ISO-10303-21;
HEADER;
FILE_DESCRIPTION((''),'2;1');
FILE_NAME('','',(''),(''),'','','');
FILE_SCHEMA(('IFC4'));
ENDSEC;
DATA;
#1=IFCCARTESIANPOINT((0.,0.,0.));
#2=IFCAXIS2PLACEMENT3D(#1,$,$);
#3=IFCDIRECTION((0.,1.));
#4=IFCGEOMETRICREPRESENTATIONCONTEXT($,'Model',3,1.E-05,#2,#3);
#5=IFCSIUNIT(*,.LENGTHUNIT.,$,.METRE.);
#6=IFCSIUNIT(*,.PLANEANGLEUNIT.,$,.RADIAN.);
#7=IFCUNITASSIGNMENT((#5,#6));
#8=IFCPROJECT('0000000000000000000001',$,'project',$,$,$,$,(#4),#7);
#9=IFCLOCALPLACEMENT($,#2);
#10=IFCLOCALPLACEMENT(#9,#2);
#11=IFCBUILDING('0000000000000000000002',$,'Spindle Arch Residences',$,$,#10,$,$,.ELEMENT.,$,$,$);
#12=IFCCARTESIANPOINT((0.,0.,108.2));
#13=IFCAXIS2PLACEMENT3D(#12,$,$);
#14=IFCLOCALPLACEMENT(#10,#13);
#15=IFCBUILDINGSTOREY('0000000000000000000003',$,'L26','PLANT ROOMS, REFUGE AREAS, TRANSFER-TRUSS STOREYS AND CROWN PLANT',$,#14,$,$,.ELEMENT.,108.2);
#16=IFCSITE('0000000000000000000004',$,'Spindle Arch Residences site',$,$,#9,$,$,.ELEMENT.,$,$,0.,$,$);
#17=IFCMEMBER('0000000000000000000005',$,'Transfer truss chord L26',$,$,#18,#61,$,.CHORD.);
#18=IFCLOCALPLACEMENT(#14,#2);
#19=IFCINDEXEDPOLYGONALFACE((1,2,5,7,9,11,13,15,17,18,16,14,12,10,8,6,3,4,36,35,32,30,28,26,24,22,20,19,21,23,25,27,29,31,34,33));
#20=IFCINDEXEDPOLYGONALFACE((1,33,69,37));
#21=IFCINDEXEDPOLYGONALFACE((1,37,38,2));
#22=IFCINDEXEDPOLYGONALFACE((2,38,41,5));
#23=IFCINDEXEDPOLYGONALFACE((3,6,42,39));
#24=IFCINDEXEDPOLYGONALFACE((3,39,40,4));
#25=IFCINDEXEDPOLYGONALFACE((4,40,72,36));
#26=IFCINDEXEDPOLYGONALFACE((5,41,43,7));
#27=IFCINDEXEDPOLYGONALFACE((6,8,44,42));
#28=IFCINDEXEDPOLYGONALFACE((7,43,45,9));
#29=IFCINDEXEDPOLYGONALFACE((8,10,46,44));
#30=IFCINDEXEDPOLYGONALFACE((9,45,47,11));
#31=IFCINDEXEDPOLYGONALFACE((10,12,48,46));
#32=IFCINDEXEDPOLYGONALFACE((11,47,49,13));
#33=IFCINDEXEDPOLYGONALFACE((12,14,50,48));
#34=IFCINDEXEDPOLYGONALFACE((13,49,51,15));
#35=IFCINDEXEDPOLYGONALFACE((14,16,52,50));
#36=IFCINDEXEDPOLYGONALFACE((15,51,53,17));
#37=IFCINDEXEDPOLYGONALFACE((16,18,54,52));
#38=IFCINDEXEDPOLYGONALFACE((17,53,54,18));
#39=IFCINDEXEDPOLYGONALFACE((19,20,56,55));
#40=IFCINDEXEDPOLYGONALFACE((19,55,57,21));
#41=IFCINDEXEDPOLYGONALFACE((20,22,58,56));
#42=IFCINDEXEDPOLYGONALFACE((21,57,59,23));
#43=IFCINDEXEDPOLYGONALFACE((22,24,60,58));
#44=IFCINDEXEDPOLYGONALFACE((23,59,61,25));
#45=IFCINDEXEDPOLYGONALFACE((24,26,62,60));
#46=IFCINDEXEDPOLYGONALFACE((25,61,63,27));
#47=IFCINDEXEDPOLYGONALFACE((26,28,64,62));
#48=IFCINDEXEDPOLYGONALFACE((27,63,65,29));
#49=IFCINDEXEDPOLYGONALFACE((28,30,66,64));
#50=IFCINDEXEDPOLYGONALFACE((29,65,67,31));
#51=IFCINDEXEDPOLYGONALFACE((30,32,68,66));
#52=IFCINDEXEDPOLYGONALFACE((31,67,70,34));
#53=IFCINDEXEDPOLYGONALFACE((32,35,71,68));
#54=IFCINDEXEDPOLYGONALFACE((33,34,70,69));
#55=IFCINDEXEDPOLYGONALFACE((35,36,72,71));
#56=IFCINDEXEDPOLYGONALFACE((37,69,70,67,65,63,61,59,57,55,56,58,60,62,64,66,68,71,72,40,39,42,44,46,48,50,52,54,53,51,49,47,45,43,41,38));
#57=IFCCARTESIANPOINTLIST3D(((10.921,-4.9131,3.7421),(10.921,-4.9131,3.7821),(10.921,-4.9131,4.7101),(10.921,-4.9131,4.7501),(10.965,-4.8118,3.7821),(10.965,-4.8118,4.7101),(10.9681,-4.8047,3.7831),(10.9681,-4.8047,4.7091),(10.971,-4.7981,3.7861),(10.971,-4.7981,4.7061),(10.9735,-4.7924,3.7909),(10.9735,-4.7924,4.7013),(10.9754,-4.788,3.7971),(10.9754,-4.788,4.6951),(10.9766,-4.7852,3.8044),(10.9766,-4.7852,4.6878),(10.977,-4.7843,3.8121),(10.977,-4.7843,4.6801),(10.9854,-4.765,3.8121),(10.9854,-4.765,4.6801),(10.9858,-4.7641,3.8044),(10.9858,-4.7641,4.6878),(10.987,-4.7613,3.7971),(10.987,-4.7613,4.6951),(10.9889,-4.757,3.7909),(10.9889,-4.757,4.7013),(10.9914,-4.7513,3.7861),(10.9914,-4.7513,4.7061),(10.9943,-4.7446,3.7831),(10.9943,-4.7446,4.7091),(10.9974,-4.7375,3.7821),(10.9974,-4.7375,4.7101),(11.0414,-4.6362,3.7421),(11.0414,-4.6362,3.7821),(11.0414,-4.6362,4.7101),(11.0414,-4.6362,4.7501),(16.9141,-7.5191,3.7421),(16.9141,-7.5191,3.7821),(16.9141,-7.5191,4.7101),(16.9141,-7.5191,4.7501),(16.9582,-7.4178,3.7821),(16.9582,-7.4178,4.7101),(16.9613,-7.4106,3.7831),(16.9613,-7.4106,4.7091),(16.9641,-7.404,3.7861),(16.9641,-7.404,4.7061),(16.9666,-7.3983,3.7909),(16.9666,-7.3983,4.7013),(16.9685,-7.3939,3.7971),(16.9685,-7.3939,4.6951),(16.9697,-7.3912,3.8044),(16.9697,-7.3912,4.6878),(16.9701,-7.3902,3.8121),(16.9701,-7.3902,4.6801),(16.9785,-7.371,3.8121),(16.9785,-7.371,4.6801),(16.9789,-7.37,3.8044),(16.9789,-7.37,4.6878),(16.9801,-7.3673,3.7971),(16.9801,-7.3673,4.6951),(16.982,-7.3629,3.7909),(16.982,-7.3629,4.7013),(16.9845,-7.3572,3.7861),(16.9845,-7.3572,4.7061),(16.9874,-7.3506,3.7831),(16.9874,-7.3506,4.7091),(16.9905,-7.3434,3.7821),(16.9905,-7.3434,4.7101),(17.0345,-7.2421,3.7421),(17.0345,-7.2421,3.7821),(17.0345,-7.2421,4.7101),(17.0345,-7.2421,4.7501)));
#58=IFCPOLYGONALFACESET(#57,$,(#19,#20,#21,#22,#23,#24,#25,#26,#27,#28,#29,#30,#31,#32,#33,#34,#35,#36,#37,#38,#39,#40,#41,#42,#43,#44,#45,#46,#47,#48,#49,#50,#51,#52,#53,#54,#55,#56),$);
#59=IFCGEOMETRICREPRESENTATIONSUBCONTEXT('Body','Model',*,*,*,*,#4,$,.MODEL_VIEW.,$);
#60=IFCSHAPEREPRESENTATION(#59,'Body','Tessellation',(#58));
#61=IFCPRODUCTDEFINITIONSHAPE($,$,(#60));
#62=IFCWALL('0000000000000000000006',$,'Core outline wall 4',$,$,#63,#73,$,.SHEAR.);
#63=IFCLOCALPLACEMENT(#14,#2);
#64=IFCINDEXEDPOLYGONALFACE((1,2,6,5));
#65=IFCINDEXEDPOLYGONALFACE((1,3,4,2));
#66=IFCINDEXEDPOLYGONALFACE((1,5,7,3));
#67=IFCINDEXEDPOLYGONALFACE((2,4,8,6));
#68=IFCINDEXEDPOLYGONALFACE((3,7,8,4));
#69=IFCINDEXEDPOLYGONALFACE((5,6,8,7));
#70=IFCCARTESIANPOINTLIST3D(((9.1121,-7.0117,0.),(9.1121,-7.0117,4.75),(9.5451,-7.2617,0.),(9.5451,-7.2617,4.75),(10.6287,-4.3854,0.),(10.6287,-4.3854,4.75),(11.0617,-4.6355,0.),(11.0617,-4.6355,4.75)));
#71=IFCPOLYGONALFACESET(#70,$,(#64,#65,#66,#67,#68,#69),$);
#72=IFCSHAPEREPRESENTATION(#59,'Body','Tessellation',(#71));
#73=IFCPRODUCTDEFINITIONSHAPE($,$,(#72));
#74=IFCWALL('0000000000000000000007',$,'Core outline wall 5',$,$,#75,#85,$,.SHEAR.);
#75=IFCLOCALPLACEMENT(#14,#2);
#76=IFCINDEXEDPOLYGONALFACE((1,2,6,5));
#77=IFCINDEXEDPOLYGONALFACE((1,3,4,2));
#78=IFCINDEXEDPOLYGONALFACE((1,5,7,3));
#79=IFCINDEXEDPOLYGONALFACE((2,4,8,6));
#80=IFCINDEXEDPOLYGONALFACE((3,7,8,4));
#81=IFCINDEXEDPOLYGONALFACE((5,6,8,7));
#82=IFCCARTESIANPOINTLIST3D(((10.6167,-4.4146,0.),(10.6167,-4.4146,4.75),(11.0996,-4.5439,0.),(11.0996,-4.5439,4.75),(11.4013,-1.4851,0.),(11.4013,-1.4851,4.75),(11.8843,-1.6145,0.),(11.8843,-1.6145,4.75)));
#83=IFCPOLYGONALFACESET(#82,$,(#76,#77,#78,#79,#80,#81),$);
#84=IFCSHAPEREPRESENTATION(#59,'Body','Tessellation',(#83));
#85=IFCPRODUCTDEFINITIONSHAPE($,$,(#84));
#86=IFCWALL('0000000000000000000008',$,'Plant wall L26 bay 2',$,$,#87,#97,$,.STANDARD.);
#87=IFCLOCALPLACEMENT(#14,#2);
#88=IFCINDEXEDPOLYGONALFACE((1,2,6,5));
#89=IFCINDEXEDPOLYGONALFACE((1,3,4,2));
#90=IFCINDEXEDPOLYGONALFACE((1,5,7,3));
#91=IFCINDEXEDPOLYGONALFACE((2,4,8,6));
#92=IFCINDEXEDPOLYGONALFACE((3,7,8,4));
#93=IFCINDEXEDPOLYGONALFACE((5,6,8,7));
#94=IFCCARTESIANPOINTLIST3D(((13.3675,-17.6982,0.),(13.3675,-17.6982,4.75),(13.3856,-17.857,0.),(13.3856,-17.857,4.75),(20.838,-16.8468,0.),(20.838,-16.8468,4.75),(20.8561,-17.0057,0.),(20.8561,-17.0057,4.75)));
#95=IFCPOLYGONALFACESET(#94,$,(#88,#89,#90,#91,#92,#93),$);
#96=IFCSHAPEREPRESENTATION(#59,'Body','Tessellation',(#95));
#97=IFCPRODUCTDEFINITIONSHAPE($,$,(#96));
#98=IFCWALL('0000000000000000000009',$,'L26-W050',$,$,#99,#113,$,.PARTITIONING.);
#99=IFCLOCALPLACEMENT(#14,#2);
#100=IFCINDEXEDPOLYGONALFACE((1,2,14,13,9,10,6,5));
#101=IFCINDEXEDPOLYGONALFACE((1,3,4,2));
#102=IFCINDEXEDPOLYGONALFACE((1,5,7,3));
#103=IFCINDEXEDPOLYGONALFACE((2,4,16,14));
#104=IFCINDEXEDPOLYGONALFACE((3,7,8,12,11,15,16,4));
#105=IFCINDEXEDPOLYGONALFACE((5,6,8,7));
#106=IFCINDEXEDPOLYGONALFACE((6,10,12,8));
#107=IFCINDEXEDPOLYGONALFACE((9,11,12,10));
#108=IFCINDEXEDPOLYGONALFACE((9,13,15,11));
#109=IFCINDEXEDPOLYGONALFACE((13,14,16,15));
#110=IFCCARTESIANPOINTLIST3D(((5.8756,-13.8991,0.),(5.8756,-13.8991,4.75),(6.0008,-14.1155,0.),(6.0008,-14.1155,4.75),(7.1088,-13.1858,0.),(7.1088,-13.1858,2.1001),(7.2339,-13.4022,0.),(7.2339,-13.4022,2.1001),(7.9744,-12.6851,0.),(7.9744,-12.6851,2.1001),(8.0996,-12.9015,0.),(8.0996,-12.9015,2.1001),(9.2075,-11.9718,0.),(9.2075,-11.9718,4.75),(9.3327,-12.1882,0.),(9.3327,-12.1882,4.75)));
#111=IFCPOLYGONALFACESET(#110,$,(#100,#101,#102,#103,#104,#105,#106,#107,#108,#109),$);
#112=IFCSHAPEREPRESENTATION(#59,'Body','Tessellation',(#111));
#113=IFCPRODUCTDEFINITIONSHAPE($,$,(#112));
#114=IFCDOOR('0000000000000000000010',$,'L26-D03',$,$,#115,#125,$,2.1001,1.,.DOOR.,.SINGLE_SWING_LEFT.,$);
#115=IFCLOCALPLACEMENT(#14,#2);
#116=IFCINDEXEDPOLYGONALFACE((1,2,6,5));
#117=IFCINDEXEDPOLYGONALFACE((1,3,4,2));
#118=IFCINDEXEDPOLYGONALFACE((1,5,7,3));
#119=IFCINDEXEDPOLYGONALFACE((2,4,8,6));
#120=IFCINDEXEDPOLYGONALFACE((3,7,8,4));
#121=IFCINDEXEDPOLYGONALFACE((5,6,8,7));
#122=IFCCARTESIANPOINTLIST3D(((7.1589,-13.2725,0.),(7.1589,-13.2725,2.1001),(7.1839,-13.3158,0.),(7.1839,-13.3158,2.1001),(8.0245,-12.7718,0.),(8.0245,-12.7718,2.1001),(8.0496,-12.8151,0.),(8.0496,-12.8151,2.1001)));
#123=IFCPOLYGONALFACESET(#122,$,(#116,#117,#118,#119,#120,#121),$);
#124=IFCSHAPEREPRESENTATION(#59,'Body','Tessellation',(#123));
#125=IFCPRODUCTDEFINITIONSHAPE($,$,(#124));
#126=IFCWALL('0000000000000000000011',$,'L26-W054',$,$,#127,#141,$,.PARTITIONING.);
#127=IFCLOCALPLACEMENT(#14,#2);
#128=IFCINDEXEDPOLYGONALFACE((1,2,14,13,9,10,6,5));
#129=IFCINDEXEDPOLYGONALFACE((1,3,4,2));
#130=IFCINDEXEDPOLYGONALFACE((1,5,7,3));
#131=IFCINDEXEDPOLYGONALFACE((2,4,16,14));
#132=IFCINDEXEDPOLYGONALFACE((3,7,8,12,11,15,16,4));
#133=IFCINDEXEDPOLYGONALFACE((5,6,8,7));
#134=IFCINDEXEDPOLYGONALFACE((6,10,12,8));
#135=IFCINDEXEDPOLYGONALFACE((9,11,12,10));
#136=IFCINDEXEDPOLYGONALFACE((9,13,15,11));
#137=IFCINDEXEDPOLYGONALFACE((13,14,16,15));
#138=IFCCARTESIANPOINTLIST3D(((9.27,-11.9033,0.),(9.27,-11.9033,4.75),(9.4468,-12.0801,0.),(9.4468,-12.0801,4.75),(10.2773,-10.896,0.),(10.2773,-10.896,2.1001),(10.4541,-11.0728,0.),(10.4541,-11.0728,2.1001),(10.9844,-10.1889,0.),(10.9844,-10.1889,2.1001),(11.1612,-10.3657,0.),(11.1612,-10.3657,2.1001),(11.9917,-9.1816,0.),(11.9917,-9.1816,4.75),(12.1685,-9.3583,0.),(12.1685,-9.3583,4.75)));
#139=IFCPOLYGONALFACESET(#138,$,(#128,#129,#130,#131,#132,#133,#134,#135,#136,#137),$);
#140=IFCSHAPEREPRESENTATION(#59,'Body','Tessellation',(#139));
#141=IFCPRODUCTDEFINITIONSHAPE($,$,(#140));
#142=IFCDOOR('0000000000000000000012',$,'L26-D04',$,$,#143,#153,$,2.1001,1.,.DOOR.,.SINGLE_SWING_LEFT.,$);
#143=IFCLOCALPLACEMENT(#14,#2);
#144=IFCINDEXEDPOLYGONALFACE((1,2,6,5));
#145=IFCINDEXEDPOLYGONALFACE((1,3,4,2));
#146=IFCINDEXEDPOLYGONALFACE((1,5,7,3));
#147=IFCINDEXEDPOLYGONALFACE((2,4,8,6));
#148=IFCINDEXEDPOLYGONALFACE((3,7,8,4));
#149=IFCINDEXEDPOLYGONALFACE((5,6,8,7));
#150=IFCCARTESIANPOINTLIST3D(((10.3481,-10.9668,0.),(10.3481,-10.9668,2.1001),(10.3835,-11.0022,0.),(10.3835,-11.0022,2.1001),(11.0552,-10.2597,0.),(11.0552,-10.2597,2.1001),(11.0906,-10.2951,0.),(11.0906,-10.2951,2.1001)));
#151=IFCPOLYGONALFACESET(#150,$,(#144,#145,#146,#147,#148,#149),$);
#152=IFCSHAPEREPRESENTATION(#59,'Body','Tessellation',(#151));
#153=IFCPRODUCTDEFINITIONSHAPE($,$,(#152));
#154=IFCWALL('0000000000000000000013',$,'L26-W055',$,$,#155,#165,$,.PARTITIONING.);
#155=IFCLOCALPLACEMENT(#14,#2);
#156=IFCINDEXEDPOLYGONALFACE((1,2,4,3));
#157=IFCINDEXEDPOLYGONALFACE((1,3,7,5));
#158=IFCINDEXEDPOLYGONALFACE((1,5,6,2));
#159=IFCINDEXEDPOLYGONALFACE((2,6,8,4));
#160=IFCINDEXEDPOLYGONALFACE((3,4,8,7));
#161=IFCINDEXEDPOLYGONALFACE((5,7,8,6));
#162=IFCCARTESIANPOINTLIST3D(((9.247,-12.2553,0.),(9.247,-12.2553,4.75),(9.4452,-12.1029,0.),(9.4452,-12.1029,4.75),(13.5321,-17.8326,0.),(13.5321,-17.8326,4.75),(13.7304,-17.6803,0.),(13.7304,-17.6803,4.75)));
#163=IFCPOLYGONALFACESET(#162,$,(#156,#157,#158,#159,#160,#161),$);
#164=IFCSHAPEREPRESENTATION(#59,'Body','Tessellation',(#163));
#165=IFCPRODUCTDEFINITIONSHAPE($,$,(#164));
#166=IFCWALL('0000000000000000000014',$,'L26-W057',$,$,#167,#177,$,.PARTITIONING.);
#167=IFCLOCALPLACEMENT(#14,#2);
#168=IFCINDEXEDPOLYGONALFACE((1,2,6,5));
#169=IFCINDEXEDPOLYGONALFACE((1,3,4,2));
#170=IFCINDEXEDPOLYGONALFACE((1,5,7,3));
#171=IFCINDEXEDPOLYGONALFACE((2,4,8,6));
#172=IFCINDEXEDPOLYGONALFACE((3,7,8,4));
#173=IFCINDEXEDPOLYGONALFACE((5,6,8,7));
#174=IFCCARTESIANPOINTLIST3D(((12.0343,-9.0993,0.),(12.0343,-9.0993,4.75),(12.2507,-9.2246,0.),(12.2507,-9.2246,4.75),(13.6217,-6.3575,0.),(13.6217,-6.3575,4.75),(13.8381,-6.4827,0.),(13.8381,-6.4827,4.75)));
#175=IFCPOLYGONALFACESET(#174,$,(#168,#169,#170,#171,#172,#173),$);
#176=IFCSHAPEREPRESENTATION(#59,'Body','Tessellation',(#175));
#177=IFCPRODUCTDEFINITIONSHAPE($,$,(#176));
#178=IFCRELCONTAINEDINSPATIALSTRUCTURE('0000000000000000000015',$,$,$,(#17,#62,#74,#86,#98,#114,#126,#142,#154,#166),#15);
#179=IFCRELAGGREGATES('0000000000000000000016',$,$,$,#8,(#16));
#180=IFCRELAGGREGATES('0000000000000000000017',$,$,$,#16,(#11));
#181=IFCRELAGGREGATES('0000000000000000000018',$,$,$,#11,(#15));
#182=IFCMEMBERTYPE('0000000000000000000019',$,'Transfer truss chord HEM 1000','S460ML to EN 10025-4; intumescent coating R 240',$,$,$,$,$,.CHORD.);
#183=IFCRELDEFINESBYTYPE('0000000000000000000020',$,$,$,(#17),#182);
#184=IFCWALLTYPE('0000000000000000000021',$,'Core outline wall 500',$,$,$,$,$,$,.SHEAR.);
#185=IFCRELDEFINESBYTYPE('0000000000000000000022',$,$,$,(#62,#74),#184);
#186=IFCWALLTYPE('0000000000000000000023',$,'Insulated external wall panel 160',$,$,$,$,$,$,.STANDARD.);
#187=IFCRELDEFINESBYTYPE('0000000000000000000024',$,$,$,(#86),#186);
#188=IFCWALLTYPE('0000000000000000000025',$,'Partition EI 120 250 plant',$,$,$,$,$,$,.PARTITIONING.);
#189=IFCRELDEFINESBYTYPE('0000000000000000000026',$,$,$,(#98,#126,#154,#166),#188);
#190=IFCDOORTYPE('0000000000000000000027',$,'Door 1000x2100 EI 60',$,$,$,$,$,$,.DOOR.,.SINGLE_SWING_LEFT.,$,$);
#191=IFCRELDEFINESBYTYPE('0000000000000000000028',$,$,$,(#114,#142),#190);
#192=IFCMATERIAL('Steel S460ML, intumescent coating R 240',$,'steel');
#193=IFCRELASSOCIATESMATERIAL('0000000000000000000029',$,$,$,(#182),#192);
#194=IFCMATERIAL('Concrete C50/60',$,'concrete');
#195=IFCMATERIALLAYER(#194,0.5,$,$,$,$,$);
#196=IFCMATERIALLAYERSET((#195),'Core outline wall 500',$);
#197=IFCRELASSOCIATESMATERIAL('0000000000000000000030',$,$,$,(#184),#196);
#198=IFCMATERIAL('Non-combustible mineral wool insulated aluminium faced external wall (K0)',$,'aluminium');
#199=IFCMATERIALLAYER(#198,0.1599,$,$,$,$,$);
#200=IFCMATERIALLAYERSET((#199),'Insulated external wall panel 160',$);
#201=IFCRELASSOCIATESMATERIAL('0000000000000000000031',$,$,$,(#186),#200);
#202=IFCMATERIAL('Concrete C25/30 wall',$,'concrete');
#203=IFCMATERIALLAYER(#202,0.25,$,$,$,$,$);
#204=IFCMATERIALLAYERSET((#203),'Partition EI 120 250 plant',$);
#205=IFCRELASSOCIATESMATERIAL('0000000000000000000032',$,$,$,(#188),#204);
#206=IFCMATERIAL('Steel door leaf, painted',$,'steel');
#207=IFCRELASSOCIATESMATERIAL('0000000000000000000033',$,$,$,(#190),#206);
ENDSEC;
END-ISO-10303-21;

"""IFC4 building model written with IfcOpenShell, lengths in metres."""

from ifc_helpers import new_model, si_unit, direction, frame, frame_2d, origin, origin_2d, place, context, subcontext, project, spatial, rectangle, i_section, extrude, material, layer, layer_set, material_profile, profile_set, type_object, element, fill, save


model = new_model("IFC4")

# Units and contexts
model_context = context("Model", 3, precision=1e-05, world=origin(), true_north=direction((0.0, 1.0)))
body_context = subcontext(model_context, "Body", "Model", "MODEL_VIEW")
ifc_project = project(units=[si_unit("LENGTHUNIT", "METRE"), si_unit("PLANEANGLEUNIT", "RADIAN")], contexts=[model_context])

# Site, building, storey
site_placement = place(None, origin())
site = spatial("IfcSite", under=ifc_project, at=site_placement, Name="Spindle Arch Residences site", CompositionType="ELEMENT", RefElevation=0.0)
building_placement = place(site_placement, origin())
building = spatial("IfcBuilding", under=site, at=building_placement, Name="Spindle Arch Residences", CompositionType="ELEMENT")
storey_placement = place(building_placement, frame((0.0, 0.0, 108.2)))
storey = spatial("IfcBuildingStorey", under=building, at=storey_placement, Name="L26", Description="PLANT ROOMS, REFUGE AREAS, TRANSFER-TRUSS STOREYS AND CROWN PLANT", CompositionType="ELEMENT", Elevation=108.2)

# Member
ifc_material_1 = material(Name="Steel S460ML, intumescent coating R 240", Category="steel")
ifc_material_profile_1 = material_profile(ifc_material_1, i_section(OverallWidth=0.302, OverallDepth=1.0081, WebThickness=0.021, FlangeThickness=0.04, FilletRadius=0.03, at=origin_2d()), Name="HEM 1000")
ifc_profile_set_1 = profile_set([ifc_material_profile_1], Name="Steel S460ML, intumescent coating R 240")
member_type_1 = type_object("IfcMemberType", Name="Transfer truss chord HEM 1000", Description="S460ML to EN 10025-4; intumescent coating R 240", PredefinedType="CHORD", material=ifc_profile_set_1)
for number, where, z_axis, x_axis, name in (
    (1, (10.9812, -4.7747, 4.2461), (0.917057, -0.398756, 0.0), (0.398756, 0.917057, 0.0), "Transfer truss chord L26"),
):
    element("IfcMember", number, at=place(storey_placement, frame(where, z_axis=z_axis, x_axis=x_axis)), inside=storey, type_object=member_type_1, Name=name, PredefinedType="CHORD", context=body_context, shape_type="SweptSolid", body=[
        extrude(i_section(OverallWidth=0.302, OverallDepth=1.0081, WebThickness=0.021, FlangeThickness=0.04, FilletRadius=0.03, at=origin_2d()), origin(), (0.0, 0.0, 1.0), 6.5352),
    ])

# Shared definitions
ifc_material_2 = material(Name="Concrete C50/60", Category="concrete")
ifc_layer_1 = layer(ifc_material_2, 0.5)
ifc_layer_set_1 = layer_set([ifc_layer_1], Name="Core outline wall 500")
wall_type_1 = type_object("IfcWallType", Name="Core outline wall 500", PredefinedType="SHEAR", material=ifc_layer_set_1)

# Walls
for number, where, z_axis, x_axis, name in (
    (2, (9.3286, -7.1367, 0.0), (0.0, 0.0, 1.0), (0.500087, 0.865975, 0.0), "Core outline wall 4"),
    (3, (10.8582, -4.4792, 0.0), (0.0, 0.0, 1.0), (0.258735, 0.965948, 0.0), "Core outline wall 5"),
):
    element("IfcWall", number, at=place(storey_placement, frame(where, z_axis=z_axis, x_axis=x_axis)), inside=storey, type_object=wall_type_1, Name=name, PredefinedType="SHEAR", context=body_context, shape_type="SweptSolid", body=[
        extrude(rectangle(XDim=3.0327, YDim=0.5, at=frame_2d((1.5164, 0.0))), origin(), (0.0, 0.0, 1.0), 4.75),
    ])
ifc_material_3 = material(Name="Non-combustible mineral wool insulated aluminium faced external wall (K0)", Category="aluminium")
ifc_layer_2 = layer(ifc_material_3, 0.1599)
ifc_layer_set_2 = layer_set([ifc_layer_2], Name="Insulated external wall panel 160")
wall_type_2 = type_object("IfcWallType", Name="Insulated external wall panel 160", PredefinedType="STANDARD", material=ifc_layer_set_2)
wall_1_placement = place(storey_placement, frame((13.3767, -17.7776, 0.0), z_axis=(0.0, 0.0, 1.0), x_axis=(0.993569, 0.113225, 0.0)))
element("IfcWall", 4, at=wall_1_placement, inside=storey, type_object=wall_type_2, Name="Plant wall L26 bay 2", PredefinedType="STANDARD", context=body_context, shape_type="SweptSolid", body=[
    extrude(rectangle(XDim=7.5188, YDim=0.1599, at=frame_2d((3.7593, 0.0))), origin(), (0.0, 0.0, 1.0), 4.75),
])

# Walls, openings, doors
ifc_material_4 = material(Name="Concrete C25/30 wall", Category="concrete")
ifc_layer_3 = layer(ifc_material_4, 0.25)
ifc_layer_set_3 = layer_set([ifc_layer_3], Name="Partition EI 120 250 plant")
wall_type_3 = type_object("IfcWallType", Name="Partition EI 120 250 plant", PredefinedType="PARTITIONING", material=ifc_layer_set_3)
wall_2_placement = place(storey_placement, frame((5.9382, -14.0073, 0.0), z_axis=(0.0, 0.0, 1.0), x_axis=(0.865616, 0.500709, 0.0)))
wall_2 = element("IfcWall", 5, at=wall_2_placement, inside=storey, type_object=wall_type_3, Name="L26-W050", PredefinedType="PARTITIONING", context=body_context, shape_type="SweptSolid", body=[
    extrude(rectangle(XDim=3.8491, YDim=0.25, at=frame_2d((1.9246, 0.0))), origin(), (0.0, 0.0, 1.0), 4.75),
])
opening_1_placement = place(wall_2_placement, frame((1.4246, 0.0, 0.0)))
opening_1 = element("IfcOpeningElement", 6, at=opening_1_placement, cuts=wall_2, PredefinedType="OPENING", context=body_context, shape_type="SweptSolid", body=[
    extrude(rectangle(XDim=1.0, YDim=2.1001, at=frame_2d((0.5, 1.05))), frame((0.0, 0.135, 0.0), z_axis=(0.0, -1.0, 0.0), x_axis=(1.0, 0.0, 0.0)), (0.0, 0.0, 1.0), 0.27),
])
ifc_material_5 = material(Name="Steel door leaf, painted", Category="steel")
door_type_1 = type_object("IfcDoorType", Name="Door 1000x2100 EI 60", OperationType="SINGLE_SWING_LEFT", PredefinedType="DOOR", material=ifc_material_5)
door_1_placement = place(opening_1_placement, origin())
door_1 = element("IfcDoor", 7, at=door_1_placement, inside=storey, type_object=door_type_1, Name="L26-D03", OperationType="SINGLE_SWING_LEFT", OverallHeight=2.1001, OverallWidth=1.0, PredefinedType="DOOR", context=body_context, shape_type="SweptSolid", body=[
    extrude(rectangle(XDim=1.0, YDim=2.1001, at=frame_2d((0.5, 1.05))), frame((0.0, 0.0249, 0.0), z_axis=(0.0, -1.0, 0.0), x_axis=(1.0, 0.0, 0.0)), (0.0, 0.0, 1.0), 0.05),
])
fill(opening_1, door_1)
wall_3_placement = place(storey_placement, frame((9.3584, -11.9917, 0.0), z_axis=(0.0, 0.0, 1.0), x_axis=(0.707107, 0.707107, 0.0)))
wall_3 = element("IfcWall", 8, at=wall_3_placement, inside=storey, type_object=wall_type_3, Name="L26-W054", PredefinedType="PARTITIONING", context=body_context, shape_type="SweptSolid", body=[
    extrude(rectangle(XDim=3.8491, YDim=0.25, at=frame_2d((1.9246, 0.0))), origin(), (0.0, 0.0, 1.0), 4.75),
])
opening_2_placement = place(wall_3_placement, frame((1.4246, 0.0, 0.0)))
opening_2 = element("IfcOpeningElement", 9, at=opening_2_placement, cuts=wall_3, PredefinedType="OPENING", context=body_context, shape_type="SweptSolid", body=[
    extrude(rectangle(XDim=1.0, YDim=2.1001, at=frame_2d((0.5, 1.05))), frame((0.0, 0.135, 0.0), z_axis=(0.0, -1.0, 0.0), x_axis=(1.0, 0.0, 0.0)), (0.0, 0.0, 1.0), 0.27),
])
door_2_placement = place(opening_2_placement, origin())
door_2 = element("IfcDoor", 10, at=door_2_placement, inside=storey, type_object=door_type_1, Name="L26-D04", OperationType="SINGLE_SWING_LEFT", OverallHeight=2.1001, OverallWidth=1.0, PredefinedType="DOOR", context=body_context, shape_type="SweptSolid", body=[
    extrude(rectangle(XDim=1.0, YDim=2.1001, at=frame_2d((0.5, 1.05))), frame((0.0, 0.0249, 0.0), z_axis=(0.0, -1.0, 0.0), x_axis=(1.0, 0.0, 0.0)), (0.0, 0.0, 1.0), 0.05),
])
fill(opening_2, door_2)

# Walls
wall_4_placement = place(storey_placement, frame((9.3462, -12.1792, 0.0), z_axis=(0.0, 0.0, 1.0), x_axis=(0.609251, -0.792977, 0.0)))
element("IfcWall", 11, at=wall_4_placement, inside=storey, type_object=wall_type_3, Name="L26-W055", PredefinedType="PARTITIONING", context=body_context, shape_type="SweptSolid", body=[
    extrude(rectangle(XDim=7.0334, YDim=0.25, at=frame_2d((3.5166, 0.0))), origin(), (0.0, 0.0, 1.0), 4.75),
])
wall_5_placement = place(storey_placement, frame((12.1426, -9.1619, 0.0), z_axis=(0.0, 0.0, 1.0), x_axis=(0.501027, 0.865432, 0.0)))
element("IfcWall", 12, at=wall_5_placement, inside=storey, type_object=wall_type_3, Name="L26-W057", PredefinedType="PARTITIONING", context=body_context, shape_type="SweptSolid", body=[
    extrude(rectangle(XDim=3.1682, YDim=0.25, at=frame_2d((1.584, 0.0))), origin(), (0.0, 0.0, 1.0), 4.75),
])

save(model, "model.ifc")
